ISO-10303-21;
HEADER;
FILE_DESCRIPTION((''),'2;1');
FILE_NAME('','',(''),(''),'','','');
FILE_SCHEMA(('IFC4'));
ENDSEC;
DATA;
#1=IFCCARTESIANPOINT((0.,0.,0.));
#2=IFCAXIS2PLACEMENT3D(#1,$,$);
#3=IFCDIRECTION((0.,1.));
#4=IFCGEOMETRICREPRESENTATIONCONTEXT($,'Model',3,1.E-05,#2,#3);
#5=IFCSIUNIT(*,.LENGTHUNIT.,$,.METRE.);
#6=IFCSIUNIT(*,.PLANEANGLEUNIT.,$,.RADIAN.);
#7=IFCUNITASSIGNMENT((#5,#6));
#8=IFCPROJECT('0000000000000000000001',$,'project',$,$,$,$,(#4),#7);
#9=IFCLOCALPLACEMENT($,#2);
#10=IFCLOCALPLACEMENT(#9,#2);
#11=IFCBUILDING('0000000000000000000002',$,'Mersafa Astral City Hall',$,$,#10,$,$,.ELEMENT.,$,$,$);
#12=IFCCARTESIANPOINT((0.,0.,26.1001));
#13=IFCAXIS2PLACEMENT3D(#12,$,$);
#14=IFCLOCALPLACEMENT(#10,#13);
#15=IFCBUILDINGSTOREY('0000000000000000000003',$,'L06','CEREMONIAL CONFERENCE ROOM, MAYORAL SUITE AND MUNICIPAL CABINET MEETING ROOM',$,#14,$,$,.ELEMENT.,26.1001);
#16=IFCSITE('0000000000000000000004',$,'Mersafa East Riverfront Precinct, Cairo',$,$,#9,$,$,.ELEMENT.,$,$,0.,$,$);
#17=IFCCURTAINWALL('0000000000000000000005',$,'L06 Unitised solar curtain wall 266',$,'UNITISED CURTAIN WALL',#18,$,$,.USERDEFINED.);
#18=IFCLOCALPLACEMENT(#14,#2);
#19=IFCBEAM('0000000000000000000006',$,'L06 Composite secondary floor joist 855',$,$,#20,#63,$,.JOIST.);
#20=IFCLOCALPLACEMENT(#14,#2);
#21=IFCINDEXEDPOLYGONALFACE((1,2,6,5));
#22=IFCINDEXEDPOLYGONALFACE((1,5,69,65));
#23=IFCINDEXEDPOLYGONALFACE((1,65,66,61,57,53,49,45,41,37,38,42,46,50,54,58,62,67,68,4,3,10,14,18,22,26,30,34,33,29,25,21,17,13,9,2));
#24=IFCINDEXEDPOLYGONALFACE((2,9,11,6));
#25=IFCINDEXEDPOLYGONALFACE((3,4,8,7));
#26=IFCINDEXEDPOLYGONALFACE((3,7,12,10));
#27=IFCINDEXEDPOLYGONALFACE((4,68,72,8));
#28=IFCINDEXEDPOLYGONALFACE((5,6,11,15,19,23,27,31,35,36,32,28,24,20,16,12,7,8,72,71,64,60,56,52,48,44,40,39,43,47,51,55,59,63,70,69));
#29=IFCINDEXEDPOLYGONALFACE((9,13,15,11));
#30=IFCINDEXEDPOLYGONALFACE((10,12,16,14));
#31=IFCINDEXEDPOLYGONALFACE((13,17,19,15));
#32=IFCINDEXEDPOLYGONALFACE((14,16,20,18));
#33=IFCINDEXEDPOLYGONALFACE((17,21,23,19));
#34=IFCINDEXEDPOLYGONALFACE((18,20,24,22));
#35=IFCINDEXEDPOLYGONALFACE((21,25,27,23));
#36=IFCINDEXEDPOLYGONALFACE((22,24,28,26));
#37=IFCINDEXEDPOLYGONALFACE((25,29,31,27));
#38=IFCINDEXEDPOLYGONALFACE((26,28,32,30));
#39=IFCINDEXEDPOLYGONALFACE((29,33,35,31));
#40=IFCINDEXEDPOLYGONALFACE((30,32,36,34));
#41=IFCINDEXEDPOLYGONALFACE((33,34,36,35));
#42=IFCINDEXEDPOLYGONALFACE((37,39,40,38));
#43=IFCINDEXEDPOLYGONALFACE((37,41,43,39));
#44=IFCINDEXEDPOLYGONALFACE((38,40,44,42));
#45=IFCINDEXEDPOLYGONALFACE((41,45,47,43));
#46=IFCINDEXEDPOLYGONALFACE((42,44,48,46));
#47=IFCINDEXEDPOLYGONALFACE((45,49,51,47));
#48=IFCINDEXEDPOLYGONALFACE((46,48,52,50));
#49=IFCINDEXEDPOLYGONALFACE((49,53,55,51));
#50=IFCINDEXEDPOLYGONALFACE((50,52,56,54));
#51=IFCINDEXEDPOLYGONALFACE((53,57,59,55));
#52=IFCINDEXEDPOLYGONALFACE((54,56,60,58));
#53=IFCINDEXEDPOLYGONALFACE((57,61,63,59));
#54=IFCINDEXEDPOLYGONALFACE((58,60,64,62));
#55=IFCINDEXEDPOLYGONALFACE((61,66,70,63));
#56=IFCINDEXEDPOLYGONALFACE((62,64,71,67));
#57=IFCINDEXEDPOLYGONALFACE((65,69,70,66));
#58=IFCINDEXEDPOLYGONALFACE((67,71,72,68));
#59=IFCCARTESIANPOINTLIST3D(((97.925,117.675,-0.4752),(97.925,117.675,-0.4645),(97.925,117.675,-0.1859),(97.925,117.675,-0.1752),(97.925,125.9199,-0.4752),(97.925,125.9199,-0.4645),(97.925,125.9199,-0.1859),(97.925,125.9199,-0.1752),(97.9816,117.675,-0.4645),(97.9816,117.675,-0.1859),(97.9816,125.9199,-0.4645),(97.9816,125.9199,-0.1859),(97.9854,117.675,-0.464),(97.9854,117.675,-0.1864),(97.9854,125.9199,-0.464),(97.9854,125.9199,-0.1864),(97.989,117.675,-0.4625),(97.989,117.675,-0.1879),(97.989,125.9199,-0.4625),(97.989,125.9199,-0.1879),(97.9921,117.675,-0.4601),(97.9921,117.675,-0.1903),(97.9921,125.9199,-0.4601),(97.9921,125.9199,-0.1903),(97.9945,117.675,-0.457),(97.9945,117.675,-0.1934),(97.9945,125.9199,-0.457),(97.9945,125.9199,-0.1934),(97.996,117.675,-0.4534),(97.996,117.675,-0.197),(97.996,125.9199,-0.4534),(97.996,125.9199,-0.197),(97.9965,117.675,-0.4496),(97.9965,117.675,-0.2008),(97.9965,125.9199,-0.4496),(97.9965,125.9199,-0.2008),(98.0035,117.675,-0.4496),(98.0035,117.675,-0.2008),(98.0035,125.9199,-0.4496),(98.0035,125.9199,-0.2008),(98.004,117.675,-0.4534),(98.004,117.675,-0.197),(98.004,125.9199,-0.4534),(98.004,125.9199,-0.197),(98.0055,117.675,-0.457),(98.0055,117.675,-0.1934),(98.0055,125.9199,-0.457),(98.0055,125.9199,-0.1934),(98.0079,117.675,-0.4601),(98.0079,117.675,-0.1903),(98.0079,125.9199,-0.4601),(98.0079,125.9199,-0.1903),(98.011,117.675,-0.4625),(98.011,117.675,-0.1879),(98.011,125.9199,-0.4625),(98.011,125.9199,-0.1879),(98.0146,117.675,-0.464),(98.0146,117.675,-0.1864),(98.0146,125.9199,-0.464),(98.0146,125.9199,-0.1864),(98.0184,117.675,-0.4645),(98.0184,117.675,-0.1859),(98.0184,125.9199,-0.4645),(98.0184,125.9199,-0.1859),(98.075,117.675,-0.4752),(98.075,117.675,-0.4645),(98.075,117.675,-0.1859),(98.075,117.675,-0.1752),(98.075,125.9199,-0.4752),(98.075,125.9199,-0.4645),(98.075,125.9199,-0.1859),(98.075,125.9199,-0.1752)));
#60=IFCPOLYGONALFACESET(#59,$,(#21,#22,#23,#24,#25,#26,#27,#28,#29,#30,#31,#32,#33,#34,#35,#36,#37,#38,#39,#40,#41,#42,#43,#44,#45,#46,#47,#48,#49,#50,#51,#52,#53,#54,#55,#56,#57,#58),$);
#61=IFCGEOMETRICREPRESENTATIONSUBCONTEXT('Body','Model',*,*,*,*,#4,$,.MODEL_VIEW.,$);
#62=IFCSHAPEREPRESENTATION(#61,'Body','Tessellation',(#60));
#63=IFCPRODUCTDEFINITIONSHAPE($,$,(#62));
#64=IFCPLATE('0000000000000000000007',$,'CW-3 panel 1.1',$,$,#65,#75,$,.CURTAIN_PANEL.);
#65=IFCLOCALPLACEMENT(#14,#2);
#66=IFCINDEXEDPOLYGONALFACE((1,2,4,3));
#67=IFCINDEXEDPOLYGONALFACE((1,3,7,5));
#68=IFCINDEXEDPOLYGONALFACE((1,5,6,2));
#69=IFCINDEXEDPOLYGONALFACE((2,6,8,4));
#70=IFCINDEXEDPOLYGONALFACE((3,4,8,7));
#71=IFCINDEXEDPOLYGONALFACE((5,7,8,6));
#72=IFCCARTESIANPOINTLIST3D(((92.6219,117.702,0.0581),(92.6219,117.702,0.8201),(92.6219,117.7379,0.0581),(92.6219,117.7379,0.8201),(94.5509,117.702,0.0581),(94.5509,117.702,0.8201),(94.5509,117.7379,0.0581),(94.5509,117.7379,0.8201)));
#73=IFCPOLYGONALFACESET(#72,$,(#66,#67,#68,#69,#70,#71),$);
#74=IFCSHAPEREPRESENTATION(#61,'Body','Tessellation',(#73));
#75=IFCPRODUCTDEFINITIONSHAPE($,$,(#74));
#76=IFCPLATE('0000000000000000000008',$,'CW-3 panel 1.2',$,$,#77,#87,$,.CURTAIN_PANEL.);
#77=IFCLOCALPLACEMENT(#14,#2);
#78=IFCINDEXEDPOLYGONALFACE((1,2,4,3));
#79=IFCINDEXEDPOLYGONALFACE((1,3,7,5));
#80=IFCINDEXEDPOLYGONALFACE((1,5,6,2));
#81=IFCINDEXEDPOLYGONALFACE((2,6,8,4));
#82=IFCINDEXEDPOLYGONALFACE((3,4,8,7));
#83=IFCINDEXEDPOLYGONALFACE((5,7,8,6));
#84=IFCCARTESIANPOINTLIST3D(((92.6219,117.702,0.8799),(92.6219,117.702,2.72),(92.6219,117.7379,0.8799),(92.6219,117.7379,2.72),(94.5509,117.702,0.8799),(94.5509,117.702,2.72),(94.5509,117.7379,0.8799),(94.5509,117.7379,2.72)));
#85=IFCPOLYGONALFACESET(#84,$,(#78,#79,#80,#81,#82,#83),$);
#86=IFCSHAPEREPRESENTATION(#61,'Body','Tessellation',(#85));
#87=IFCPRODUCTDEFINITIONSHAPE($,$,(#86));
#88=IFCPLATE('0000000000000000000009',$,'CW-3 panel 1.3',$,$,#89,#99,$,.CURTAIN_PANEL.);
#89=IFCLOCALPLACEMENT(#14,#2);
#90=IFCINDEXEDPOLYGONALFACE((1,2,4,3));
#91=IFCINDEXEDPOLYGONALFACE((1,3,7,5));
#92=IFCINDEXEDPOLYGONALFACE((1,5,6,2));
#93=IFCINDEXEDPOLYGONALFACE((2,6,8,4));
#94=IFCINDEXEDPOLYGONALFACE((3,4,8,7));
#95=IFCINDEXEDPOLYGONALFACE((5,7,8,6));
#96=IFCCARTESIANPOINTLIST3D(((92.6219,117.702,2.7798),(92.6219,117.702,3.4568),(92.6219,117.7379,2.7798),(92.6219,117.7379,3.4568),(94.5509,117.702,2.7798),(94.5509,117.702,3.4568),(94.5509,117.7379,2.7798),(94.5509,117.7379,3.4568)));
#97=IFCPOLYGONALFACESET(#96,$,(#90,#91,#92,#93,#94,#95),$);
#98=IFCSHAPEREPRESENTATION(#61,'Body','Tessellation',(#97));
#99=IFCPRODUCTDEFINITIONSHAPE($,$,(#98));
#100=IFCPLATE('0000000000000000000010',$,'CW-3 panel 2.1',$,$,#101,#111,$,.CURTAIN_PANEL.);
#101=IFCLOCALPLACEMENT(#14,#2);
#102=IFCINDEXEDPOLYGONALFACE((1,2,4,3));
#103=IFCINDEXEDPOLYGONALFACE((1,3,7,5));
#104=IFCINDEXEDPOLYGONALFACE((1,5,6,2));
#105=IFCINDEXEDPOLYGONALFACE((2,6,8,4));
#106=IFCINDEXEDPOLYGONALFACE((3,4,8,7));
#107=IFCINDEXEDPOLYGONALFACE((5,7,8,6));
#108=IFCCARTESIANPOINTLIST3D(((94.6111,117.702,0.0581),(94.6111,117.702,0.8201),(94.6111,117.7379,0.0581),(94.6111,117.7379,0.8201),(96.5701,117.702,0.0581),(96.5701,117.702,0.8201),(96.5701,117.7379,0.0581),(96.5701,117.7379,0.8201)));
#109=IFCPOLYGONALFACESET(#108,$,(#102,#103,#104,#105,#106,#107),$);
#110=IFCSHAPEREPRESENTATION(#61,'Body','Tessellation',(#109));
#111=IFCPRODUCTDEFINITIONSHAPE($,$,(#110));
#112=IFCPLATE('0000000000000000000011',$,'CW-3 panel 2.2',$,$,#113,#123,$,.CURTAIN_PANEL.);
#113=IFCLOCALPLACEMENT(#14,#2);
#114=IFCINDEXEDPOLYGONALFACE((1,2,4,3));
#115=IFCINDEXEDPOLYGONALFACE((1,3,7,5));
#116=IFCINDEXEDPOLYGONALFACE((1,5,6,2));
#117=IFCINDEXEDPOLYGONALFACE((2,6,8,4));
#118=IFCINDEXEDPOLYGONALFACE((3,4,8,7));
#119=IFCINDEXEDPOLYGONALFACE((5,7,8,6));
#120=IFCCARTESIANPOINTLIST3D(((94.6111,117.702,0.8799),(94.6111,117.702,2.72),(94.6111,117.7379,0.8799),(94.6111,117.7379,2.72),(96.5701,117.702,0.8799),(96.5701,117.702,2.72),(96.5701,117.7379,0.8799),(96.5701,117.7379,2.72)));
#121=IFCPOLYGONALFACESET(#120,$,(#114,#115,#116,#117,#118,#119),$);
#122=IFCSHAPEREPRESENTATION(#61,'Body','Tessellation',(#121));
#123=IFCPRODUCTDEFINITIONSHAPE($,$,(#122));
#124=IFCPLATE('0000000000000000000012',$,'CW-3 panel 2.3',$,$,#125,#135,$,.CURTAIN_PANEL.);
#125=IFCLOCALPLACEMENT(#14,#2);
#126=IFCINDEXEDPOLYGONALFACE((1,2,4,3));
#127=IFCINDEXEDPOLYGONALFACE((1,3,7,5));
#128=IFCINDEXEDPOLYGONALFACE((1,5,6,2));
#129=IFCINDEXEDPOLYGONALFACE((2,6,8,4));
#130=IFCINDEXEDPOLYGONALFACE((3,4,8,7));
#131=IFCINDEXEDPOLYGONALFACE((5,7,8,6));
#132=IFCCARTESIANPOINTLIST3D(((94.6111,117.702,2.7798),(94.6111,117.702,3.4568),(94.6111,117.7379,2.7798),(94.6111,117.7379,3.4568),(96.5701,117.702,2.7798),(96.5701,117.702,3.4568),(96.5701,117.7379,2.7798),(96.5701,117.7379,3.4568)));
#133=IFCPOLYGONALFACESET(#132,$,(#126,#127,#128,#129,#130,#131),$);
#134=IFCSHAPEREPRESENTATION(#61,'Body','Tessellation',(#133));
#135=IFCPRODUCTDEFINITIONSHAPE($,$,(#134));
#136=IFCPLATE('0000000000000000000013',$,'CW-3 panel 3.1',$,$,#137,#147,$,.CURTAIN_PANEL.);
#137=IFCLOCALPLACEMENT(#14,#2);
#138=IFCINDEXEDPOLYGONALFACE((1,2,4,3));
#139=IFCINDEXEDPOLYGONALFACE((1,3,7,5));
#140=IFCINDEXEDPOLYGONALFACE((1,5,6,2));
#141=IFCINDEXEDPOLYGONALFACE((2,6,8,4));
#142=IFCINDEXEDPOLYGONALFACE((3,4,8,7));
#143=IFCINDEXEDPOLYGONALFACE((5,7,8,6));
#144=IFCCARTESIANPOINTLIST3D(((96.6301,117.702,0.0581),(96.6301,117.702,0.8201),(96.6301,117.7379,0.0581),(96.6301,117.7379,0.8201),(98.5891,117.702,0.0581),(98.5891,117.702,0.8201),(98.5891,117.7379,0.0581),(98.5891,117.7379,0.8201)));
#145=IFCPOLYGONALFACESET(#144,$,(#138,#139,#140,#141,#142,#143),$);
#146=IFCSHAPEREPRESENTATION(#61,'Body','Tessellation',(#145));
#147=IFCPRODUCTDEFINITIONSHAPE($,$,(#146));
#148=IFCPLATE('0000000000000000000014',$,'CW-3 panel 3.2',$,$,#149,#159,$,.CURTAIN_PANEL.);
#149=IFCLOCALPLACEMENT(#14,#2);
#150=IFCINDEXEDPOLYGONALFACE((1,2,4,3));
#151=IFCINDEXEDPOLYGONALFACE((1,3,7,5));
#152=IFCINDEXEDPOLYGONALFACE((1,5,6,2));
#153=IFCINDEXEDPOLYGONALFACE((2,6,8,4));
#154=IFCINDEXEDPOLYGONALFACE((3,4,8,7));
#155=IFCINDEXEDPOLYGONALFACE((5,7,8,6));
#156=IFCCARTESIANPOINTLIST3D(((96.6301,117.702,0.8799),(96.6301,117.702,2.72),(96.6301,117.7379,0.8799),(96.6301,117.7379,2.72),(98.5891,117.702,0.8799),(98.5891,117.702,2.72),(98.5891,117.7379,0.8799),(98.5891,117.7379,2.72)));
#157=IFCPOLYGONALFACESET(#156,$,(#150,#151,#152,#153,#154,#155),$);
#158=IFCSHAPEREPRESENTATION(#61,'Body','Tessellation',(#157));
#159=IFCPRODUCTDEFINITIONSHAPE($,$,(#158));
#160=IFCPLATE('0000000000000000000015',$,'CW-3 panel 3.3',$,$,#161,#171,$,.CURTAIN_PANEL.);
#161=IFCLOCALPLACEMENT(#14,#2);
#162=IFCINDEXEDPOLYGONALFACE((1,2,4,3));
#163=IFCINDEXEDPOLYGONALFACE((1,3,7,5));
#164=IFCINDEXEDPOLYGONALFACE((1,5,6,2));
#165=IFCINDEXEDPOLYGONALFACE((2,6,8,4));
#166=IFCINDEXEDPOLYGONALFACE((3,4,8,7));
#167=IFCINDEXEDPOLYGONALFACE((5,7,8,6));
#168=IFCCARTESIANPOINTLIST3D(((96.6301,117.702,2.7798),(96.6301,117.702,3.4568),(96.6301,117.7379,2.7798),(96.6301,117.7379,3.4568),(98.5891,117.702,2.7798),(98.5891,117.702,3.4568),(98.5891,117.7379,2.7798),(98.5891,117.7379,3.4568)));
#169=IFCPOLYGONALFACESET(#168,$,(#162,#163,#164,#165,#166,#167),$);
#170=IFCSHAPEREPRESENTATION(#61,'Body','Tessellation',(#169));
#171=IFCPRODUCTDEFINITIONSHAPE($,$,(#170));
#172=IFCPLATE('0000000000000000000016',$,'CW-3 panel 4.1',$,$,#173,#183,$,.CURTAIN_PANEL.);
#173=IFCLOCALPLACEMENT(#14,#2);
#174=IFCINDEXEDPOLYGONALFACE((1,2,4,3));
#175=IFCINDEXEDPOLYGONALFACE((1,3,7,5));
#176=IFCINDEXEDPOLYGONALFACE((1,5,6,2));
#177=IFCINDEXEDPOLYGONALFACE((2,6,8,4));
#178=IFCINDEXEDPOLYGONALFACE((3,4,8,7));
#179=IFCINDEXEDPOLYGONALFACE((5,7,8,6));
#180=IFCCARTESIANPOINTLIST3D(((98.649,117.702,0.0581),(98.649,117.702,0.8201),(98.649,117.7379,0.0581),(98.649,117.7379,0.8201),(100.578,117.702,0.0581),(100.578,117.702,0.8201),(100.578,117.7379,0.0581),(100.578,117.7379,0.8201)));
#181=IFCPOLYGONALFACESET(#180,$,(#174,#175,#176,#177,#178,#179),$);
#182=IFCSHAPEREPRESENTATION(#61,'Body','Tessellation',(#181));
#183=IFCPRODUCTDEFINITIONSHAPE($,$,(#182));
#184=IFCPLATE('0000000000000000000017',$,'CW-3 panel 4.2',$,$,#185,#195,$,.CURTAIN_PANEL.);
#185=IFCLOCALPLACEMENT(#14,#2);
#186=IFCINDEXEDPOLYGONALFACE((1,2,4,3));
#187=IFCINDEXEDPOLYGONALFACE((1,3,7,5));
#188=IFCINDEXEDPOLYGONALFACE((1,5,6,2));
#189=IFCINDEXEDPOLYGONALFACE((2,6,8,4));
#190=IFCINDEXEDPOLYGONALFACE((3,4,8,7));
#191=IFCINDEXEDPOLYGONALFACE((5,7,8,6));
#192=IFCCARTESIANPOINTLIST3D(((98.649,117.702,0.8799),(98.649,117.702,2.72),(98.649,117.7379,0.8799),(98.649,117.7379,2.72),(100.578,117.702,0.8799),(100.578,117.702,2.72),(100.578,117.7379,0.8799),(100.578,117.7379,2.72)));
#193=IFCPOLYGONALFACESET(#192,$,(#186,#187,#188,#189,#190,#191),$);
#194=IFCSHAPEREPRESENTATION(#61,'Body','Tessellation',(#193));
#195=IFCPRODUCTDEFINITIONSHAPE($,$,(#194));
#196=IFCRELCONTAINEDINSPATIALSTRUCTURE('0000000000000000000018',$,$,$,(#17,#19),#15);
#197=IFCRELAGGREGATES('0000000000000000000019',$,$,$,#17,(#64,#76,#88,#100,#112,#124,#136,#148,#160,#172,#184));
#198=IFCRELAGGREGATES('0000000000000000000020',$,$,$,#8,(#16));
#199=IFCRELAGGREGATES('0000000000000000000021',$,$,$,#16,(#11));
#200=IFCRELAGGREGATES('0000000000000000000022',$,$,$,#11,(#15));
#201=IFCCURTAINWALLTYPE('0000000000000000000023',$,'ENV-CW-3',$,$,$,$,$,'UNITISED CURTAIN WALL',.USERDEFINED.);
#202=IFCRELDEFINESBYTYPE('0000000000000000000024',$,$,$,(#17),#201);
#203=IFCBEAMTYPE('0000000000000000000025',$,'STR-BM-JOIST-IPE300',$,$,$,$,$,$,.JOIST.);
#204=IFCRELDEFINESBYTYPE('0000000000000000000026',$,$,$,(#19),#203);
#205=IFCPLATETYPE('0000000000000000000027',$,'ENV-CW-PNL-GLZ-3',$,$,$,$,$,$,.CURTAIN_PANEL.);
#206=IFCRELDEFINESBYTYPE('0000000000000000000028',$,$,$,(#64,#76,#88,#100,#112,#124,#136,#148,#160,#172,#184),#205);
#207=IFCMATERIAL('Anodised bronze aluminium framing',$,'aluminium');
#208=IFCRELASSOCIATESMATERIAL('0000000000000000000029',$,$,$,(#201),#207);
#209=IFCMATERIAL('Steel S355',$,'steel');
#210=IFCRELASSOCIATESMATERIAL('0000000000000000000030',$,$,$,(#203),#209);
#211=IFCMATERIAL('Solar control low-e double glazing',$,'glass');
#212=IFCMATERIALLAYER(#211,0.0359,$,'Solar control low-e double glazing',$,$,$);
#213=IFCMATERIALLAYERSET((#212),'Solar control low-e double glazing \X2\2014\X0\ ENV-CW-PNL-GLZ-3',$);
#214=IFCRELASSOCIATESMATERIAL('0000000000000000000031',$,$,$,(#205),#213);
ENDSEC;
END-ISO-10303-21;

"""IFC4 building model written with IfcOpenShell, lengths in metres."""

from ifc_helpers import new_model, si_unit, direction, frame, origin, origin_2d, place, context, subcontext, project, spatial, rectangle, i_section, extrude, material, layer, layer_set, material_profile, profile_set, type_object, element, aggregate, save


model = new_model("IFC4")

# Units and contexts
model_context = context("Model", 3, precision=1e-05, world=origin(), true_north=direction((0.0, 1.0)))
body_context = subcontext(model_context, "Body", "Model", "MODEL_VIEW")
ifc_project = project(units=[si_unit("LENGTHUNIT", "METRE"), si_unit("PLANEANGLEUNIT", "RADIAN")], contexts=[model_context])

# Site, building, storey
site_placement = place(None, origin())
site = spatial("IfcSite", under=ifc_project, at=site_placement, Name="Mersafa East Riverfront Precinct, Cairo", CompositionType="ELEMENT", RefElevation=0.0)
building_placement = place(site_placement, origin())
building = spatial("IfcBuilding", under=site, at=building_placement, Name="Mersafa Astral City Hall", CompositionType="ELEMENT")
storey_placement = place(building_placement, frame((0.0, 0.0, 26.1001)))
storey = spatial("IfcBuildingStorey", under=building, at=storey_placement, Name="L06", Description="CEREMONIAL CONFERENCE ROOM, MAYORAL SUITE AND MUNICIPAL CABINET MEETING ROOM", CompositionType="ELEMENT", Elevation=26.1001)

# Curtain wall
ifc_material_1 = material(Name="Anodised bronze aluminium framing", Category="aluminium")
curtain_wall_type = type_object("IfcCurtainWallType", Name="ENV-CW-3", ElementType="UNITISED CURTAIN WALL", PredefinedType="USERDEFINED", material=ifc_material_1)
curtain_wall_placement = place(storey_placement, origin())
curtain_wall = element("IfcCurtainWall", 1, at=curtain_wall_placement, inside=storey, type_object=curtain_wall_type, Name="L06 Unitised solar curtain wall 266", ObjectType="UNITISED CURTAIN WALL", PredefinedType="USERDEFINED")

# Beam
ifc_material_2 = material(Name="Steel S355", Category="steel")
ifc_material_profile_1 = material_profile(ifc_material_2, i_section(OverallWidth=0.1499, OverallDepth=0.3, WebThickness=0.0071, FlangeThickness=0.0107, FilletRadius=0.0149, at=origin_2d()), Name="IPE 300")
ifc_profile_set_1 = profile_set([ifc_material_profile_1], Name="Steel S355")
beam_type = type_object("IfcBeamType", Name="STR-BM-JOIST-IPE300", PredefinedType="JOIST", material=ifc_profile_set_1)
for number, where, z_axis, x_axis, name in (
    (2, (98.0, 117.675, -0.3252), (0.0, 1.0, 0.0), (-1.0, 0.0, 0.0), "L06 Composite secondary floor joist 855"),
):
    element("IfcBeam", number, at=place(storey_placement, frame(where, z_axis=z_axis, x_axis=x_axis)), inside=storey, type_object=beam_type, Name=name, PredefinedType="JOIST", context=body_context, shape_type="SweptSolid", body=[
        extrude(i_section(OverallWidth=0.1499, OverallDepth=0.3, WebThickness=0.0071, FlangeThickness=0.0107, FilletRadius=0.0149, at=origin_2d()), origin(), (0.0, 0.0, 1.0), 8.2449),
    ])

# Plates
ifc_material_3 = material(Name="Solar control low-e double glazing", Category="glass")
ifc_layer = layer(ifc_material_3, 0.0359, Name="Solar control low-e double glazing")
ifc_layer_set = layer_set([ifc_layer], Name="Solar control low-e double glazing — ENV-CW-PNL-GLZ-3")
plate_type = type_object("IfcPlateType", Name="ENV-CW-PNL-GLZ-3", PredefinedType="CURTAIN_PANEL", material=ifc_layer_set)
plate_1_placement = place(storey_placement, frame((93.5864, 117.72, 0.0581), z_axis=(0.0, 0.0, 1.0), x_axis=(1.0, 0.0, 0.0)))
plate_1 = element("IfcPlate", 3, at=plate_1_placement, type_object=plate_type, Name="CW-3 panel 1.1", PredefinedType="CURTAIN_PANEL", context=body_context, shape_type="SweptSolid", body=[
    extrude(rectangle(XDim=1.929, YDim=0.0359, at=origin_2d()), origin(), (0.0, 0.0, 1.0), 0.762),
])
plate_2_placement = place(storey_placement, frame((93.5864, 117.72, 0.8799), z_axis=(0.0, 0.0, 1.0), x_axis=(1.0, 0.0, 0.0)))
plate_2 = element("IfcPlate", 4, at=plate_2_placement, type_object=plate_type, Name="CW-3 panel 1.2", PredefinedType="CURTAIN_PANEL", context=body_context, shape_type="SweptSolid", body=[
    extrude(rectangle(XDim=1.929, YDim=0.0359, at=origin_2d()), origin(), (0.0, 0.0, 1.0), 1.8401),
])
plate_3_placement = place(storey_placement, frame((93.5864, 117.72, 2.7798), z_axis=(0.0, 0.0, 1.0), x_axis=(1.0, 0.0, 0.0)))
plate_3 = element("IfcPlate", 5, at=plate_3_placement, type_object=plate_type, Name="CW-3 panel 1.3", PredefinedType="CURTAIN_PANEL", context=body_context, shape_type="SweptSolid", body=[
    extrude(rectangle(XDim=1.929, YDim=0.0359, at=origin_2d()), origin(), (0.0, 0.0, 1.0), 0.677),
])
plate_4_placement = place(storey_placement, frame((95.5906, 117.72, 0.0581), z_axis=(0.0, 0.0, 1.0), x_axis=(1.0, 0.0, 0.0)))
plate_4 = element("IfcPlate", 6, at=plate_4_placement, type_object=plate_type, Name="CW-3 panel 2.1", PredefinedType="CURTAIN_PANEL", context=body_context, shape_type="SweptSolid", body=[
    extrude(rectangle(XDim=1.959, YDim=0.0359, at=origin_2d()), origin(), (0.0, 0.0, 1.0), 0.762),
])
plate_5_placement = place(storey_placement, frame((95.5906, 117.72, 0.8799), z_axis=(0.0, 0.0, 1.0), x_axis=(1.0, 0.0, 0.0)))
plate_5 = element("IfcPlate", 7, at=plate_5_placement, type_object=plate_type, Name="CW-3 panel 2.2", PredefinedType="CURTAIN_PANEL", context=body_context, shape_type="SweptSolid", body=[
    extrude(rectangle(XDim=1.959, YDim=0.0359, at=origin_2d()), origin(), (0.0, 0.0, 1.0), 1.8401),
])
plate_6_placement = place(storey_placement, frame((95.5906, 117.72, 2.7798), z_axis=(0.0, 0.0, 1.0), x_axis=(1.0, 0.0, 0.0)))
plate_6 = element("IfcPlate", 8, at=plate_6_placement, type_object=plate_type, Name="CW-3 panel 2.3", PredefinedType="CURTAIN_PANEL", context=body_context, shape_type="SweptSolid", body=[
    extrude(rectangle(XDim=1.959, YDim=0.0359, at=origin_2d()), origin(), (0.0, 0.0, 1.0), 0.677),
])
plate_7_placement = place(storey_placement, frame((97.6096, 117.72, 0.0581), z_axis=(0.0, 0.0, 1.0), x_axis=(1.0, 0.0, 0.0)))
plate_7 = element("IfcPlate", 9, at=plate_7_placement, type_object=plate_type, Name="CW-3 panel 3.1", PredefinedType="CURTAIN_PANEL", context=body_context, shape_type="SweptSolid", body=[
    extrude(rectangle(XDim=1.959, YDim=0.0359, at=origin_2d()), origin(), (0.0, 0.0, 1.0), 0.762),
])
plate_8_placement = place(storey_placement, frame((97.6096, 117.72, 0.8799), z_axis=(0.0, 0.0, 1.0), x_axis=(1.0, 0.0, 0.0)))
plate_8 = element("IfcPlate", 10, at=plate_8_placement, type_object=plate_type, Name="CW-3 panel 3.2", PredefinedType="CURTAIN_PANEL", context=body_context, shape_type="SweptSolid", body=[
    extrude(rectangle(XDim=1.959, YDim=0.0359, at=origin_2d()), origin(), (0.0, 0.0, 1.0), 1.8401),
])
plate_9_placement = place(storey_placement, frame((97.6096, 117.72, 2.7798), z_axis=(0.0, 0.0, 1.0), x_axis=(1.0, 0.0, 0.0)))
plate_9 = element("IfcPlate", 11, at=plate_9_placement, type_object=plate_type, Name="CW-3 panel 3.3", PredefinedType="CURTAIN_PANEL", context=body_context, shape_type="SweptSolid", body=[
    extrude(rectangle(XDim=1.959, YDim=0.0359, at=origin_2d()), origin(), (0.0, 0.0, 1.0), 0.677),
])
plate_10_placement = place(storey_placement, frame((99.6135, 117.72, 0.0581), z_axis=(0.0, 0.0, 1.0), x_axis=(1.0, 0.0, 0.0)))
plate_10 = element("IfcPlate", 12, at=plate_10_placement, type_object=plate_type, Name="CW-3 panel 4.1", PredefinedType="CURTAIN_PANEL", context=body_context, shape_type="SweptSolid", body=[
    extrude(rectangle(XDim=1.929, YDim=0.0359, at=origin_2d()), origin(), (0.0, 0.0, 1.0), 0.762),
])
plate_11_placement = place(storey_placement, frame((99.6135, 117.72, 0.8799), z_axis=(0.0, 0.0, 1.0), x_axis=(1.0, 0.0, 0.0)))
plate_11 = element("IfcPlate", 13, at=plate_11_placement, type_object=plate_type, Name="CW-3 panel 4.2", PredefinedType="CURTAIN_PANEL", context=body_context, shape_type="SweptSolid", body=[
    extrude(rectangle(XDim=1.929, YDim=0.0359, at=origin_2d()), origin(), (0.0, 0.0, 1.0), 1.8401),
])
aggregate(curtain_wall, [plate_1, plate_2, plate_3, plate_4, plate_5, plate_6, plate_7, plate_8, plate_9, plate_10, plate_11])

save(model, "model.ifc")
